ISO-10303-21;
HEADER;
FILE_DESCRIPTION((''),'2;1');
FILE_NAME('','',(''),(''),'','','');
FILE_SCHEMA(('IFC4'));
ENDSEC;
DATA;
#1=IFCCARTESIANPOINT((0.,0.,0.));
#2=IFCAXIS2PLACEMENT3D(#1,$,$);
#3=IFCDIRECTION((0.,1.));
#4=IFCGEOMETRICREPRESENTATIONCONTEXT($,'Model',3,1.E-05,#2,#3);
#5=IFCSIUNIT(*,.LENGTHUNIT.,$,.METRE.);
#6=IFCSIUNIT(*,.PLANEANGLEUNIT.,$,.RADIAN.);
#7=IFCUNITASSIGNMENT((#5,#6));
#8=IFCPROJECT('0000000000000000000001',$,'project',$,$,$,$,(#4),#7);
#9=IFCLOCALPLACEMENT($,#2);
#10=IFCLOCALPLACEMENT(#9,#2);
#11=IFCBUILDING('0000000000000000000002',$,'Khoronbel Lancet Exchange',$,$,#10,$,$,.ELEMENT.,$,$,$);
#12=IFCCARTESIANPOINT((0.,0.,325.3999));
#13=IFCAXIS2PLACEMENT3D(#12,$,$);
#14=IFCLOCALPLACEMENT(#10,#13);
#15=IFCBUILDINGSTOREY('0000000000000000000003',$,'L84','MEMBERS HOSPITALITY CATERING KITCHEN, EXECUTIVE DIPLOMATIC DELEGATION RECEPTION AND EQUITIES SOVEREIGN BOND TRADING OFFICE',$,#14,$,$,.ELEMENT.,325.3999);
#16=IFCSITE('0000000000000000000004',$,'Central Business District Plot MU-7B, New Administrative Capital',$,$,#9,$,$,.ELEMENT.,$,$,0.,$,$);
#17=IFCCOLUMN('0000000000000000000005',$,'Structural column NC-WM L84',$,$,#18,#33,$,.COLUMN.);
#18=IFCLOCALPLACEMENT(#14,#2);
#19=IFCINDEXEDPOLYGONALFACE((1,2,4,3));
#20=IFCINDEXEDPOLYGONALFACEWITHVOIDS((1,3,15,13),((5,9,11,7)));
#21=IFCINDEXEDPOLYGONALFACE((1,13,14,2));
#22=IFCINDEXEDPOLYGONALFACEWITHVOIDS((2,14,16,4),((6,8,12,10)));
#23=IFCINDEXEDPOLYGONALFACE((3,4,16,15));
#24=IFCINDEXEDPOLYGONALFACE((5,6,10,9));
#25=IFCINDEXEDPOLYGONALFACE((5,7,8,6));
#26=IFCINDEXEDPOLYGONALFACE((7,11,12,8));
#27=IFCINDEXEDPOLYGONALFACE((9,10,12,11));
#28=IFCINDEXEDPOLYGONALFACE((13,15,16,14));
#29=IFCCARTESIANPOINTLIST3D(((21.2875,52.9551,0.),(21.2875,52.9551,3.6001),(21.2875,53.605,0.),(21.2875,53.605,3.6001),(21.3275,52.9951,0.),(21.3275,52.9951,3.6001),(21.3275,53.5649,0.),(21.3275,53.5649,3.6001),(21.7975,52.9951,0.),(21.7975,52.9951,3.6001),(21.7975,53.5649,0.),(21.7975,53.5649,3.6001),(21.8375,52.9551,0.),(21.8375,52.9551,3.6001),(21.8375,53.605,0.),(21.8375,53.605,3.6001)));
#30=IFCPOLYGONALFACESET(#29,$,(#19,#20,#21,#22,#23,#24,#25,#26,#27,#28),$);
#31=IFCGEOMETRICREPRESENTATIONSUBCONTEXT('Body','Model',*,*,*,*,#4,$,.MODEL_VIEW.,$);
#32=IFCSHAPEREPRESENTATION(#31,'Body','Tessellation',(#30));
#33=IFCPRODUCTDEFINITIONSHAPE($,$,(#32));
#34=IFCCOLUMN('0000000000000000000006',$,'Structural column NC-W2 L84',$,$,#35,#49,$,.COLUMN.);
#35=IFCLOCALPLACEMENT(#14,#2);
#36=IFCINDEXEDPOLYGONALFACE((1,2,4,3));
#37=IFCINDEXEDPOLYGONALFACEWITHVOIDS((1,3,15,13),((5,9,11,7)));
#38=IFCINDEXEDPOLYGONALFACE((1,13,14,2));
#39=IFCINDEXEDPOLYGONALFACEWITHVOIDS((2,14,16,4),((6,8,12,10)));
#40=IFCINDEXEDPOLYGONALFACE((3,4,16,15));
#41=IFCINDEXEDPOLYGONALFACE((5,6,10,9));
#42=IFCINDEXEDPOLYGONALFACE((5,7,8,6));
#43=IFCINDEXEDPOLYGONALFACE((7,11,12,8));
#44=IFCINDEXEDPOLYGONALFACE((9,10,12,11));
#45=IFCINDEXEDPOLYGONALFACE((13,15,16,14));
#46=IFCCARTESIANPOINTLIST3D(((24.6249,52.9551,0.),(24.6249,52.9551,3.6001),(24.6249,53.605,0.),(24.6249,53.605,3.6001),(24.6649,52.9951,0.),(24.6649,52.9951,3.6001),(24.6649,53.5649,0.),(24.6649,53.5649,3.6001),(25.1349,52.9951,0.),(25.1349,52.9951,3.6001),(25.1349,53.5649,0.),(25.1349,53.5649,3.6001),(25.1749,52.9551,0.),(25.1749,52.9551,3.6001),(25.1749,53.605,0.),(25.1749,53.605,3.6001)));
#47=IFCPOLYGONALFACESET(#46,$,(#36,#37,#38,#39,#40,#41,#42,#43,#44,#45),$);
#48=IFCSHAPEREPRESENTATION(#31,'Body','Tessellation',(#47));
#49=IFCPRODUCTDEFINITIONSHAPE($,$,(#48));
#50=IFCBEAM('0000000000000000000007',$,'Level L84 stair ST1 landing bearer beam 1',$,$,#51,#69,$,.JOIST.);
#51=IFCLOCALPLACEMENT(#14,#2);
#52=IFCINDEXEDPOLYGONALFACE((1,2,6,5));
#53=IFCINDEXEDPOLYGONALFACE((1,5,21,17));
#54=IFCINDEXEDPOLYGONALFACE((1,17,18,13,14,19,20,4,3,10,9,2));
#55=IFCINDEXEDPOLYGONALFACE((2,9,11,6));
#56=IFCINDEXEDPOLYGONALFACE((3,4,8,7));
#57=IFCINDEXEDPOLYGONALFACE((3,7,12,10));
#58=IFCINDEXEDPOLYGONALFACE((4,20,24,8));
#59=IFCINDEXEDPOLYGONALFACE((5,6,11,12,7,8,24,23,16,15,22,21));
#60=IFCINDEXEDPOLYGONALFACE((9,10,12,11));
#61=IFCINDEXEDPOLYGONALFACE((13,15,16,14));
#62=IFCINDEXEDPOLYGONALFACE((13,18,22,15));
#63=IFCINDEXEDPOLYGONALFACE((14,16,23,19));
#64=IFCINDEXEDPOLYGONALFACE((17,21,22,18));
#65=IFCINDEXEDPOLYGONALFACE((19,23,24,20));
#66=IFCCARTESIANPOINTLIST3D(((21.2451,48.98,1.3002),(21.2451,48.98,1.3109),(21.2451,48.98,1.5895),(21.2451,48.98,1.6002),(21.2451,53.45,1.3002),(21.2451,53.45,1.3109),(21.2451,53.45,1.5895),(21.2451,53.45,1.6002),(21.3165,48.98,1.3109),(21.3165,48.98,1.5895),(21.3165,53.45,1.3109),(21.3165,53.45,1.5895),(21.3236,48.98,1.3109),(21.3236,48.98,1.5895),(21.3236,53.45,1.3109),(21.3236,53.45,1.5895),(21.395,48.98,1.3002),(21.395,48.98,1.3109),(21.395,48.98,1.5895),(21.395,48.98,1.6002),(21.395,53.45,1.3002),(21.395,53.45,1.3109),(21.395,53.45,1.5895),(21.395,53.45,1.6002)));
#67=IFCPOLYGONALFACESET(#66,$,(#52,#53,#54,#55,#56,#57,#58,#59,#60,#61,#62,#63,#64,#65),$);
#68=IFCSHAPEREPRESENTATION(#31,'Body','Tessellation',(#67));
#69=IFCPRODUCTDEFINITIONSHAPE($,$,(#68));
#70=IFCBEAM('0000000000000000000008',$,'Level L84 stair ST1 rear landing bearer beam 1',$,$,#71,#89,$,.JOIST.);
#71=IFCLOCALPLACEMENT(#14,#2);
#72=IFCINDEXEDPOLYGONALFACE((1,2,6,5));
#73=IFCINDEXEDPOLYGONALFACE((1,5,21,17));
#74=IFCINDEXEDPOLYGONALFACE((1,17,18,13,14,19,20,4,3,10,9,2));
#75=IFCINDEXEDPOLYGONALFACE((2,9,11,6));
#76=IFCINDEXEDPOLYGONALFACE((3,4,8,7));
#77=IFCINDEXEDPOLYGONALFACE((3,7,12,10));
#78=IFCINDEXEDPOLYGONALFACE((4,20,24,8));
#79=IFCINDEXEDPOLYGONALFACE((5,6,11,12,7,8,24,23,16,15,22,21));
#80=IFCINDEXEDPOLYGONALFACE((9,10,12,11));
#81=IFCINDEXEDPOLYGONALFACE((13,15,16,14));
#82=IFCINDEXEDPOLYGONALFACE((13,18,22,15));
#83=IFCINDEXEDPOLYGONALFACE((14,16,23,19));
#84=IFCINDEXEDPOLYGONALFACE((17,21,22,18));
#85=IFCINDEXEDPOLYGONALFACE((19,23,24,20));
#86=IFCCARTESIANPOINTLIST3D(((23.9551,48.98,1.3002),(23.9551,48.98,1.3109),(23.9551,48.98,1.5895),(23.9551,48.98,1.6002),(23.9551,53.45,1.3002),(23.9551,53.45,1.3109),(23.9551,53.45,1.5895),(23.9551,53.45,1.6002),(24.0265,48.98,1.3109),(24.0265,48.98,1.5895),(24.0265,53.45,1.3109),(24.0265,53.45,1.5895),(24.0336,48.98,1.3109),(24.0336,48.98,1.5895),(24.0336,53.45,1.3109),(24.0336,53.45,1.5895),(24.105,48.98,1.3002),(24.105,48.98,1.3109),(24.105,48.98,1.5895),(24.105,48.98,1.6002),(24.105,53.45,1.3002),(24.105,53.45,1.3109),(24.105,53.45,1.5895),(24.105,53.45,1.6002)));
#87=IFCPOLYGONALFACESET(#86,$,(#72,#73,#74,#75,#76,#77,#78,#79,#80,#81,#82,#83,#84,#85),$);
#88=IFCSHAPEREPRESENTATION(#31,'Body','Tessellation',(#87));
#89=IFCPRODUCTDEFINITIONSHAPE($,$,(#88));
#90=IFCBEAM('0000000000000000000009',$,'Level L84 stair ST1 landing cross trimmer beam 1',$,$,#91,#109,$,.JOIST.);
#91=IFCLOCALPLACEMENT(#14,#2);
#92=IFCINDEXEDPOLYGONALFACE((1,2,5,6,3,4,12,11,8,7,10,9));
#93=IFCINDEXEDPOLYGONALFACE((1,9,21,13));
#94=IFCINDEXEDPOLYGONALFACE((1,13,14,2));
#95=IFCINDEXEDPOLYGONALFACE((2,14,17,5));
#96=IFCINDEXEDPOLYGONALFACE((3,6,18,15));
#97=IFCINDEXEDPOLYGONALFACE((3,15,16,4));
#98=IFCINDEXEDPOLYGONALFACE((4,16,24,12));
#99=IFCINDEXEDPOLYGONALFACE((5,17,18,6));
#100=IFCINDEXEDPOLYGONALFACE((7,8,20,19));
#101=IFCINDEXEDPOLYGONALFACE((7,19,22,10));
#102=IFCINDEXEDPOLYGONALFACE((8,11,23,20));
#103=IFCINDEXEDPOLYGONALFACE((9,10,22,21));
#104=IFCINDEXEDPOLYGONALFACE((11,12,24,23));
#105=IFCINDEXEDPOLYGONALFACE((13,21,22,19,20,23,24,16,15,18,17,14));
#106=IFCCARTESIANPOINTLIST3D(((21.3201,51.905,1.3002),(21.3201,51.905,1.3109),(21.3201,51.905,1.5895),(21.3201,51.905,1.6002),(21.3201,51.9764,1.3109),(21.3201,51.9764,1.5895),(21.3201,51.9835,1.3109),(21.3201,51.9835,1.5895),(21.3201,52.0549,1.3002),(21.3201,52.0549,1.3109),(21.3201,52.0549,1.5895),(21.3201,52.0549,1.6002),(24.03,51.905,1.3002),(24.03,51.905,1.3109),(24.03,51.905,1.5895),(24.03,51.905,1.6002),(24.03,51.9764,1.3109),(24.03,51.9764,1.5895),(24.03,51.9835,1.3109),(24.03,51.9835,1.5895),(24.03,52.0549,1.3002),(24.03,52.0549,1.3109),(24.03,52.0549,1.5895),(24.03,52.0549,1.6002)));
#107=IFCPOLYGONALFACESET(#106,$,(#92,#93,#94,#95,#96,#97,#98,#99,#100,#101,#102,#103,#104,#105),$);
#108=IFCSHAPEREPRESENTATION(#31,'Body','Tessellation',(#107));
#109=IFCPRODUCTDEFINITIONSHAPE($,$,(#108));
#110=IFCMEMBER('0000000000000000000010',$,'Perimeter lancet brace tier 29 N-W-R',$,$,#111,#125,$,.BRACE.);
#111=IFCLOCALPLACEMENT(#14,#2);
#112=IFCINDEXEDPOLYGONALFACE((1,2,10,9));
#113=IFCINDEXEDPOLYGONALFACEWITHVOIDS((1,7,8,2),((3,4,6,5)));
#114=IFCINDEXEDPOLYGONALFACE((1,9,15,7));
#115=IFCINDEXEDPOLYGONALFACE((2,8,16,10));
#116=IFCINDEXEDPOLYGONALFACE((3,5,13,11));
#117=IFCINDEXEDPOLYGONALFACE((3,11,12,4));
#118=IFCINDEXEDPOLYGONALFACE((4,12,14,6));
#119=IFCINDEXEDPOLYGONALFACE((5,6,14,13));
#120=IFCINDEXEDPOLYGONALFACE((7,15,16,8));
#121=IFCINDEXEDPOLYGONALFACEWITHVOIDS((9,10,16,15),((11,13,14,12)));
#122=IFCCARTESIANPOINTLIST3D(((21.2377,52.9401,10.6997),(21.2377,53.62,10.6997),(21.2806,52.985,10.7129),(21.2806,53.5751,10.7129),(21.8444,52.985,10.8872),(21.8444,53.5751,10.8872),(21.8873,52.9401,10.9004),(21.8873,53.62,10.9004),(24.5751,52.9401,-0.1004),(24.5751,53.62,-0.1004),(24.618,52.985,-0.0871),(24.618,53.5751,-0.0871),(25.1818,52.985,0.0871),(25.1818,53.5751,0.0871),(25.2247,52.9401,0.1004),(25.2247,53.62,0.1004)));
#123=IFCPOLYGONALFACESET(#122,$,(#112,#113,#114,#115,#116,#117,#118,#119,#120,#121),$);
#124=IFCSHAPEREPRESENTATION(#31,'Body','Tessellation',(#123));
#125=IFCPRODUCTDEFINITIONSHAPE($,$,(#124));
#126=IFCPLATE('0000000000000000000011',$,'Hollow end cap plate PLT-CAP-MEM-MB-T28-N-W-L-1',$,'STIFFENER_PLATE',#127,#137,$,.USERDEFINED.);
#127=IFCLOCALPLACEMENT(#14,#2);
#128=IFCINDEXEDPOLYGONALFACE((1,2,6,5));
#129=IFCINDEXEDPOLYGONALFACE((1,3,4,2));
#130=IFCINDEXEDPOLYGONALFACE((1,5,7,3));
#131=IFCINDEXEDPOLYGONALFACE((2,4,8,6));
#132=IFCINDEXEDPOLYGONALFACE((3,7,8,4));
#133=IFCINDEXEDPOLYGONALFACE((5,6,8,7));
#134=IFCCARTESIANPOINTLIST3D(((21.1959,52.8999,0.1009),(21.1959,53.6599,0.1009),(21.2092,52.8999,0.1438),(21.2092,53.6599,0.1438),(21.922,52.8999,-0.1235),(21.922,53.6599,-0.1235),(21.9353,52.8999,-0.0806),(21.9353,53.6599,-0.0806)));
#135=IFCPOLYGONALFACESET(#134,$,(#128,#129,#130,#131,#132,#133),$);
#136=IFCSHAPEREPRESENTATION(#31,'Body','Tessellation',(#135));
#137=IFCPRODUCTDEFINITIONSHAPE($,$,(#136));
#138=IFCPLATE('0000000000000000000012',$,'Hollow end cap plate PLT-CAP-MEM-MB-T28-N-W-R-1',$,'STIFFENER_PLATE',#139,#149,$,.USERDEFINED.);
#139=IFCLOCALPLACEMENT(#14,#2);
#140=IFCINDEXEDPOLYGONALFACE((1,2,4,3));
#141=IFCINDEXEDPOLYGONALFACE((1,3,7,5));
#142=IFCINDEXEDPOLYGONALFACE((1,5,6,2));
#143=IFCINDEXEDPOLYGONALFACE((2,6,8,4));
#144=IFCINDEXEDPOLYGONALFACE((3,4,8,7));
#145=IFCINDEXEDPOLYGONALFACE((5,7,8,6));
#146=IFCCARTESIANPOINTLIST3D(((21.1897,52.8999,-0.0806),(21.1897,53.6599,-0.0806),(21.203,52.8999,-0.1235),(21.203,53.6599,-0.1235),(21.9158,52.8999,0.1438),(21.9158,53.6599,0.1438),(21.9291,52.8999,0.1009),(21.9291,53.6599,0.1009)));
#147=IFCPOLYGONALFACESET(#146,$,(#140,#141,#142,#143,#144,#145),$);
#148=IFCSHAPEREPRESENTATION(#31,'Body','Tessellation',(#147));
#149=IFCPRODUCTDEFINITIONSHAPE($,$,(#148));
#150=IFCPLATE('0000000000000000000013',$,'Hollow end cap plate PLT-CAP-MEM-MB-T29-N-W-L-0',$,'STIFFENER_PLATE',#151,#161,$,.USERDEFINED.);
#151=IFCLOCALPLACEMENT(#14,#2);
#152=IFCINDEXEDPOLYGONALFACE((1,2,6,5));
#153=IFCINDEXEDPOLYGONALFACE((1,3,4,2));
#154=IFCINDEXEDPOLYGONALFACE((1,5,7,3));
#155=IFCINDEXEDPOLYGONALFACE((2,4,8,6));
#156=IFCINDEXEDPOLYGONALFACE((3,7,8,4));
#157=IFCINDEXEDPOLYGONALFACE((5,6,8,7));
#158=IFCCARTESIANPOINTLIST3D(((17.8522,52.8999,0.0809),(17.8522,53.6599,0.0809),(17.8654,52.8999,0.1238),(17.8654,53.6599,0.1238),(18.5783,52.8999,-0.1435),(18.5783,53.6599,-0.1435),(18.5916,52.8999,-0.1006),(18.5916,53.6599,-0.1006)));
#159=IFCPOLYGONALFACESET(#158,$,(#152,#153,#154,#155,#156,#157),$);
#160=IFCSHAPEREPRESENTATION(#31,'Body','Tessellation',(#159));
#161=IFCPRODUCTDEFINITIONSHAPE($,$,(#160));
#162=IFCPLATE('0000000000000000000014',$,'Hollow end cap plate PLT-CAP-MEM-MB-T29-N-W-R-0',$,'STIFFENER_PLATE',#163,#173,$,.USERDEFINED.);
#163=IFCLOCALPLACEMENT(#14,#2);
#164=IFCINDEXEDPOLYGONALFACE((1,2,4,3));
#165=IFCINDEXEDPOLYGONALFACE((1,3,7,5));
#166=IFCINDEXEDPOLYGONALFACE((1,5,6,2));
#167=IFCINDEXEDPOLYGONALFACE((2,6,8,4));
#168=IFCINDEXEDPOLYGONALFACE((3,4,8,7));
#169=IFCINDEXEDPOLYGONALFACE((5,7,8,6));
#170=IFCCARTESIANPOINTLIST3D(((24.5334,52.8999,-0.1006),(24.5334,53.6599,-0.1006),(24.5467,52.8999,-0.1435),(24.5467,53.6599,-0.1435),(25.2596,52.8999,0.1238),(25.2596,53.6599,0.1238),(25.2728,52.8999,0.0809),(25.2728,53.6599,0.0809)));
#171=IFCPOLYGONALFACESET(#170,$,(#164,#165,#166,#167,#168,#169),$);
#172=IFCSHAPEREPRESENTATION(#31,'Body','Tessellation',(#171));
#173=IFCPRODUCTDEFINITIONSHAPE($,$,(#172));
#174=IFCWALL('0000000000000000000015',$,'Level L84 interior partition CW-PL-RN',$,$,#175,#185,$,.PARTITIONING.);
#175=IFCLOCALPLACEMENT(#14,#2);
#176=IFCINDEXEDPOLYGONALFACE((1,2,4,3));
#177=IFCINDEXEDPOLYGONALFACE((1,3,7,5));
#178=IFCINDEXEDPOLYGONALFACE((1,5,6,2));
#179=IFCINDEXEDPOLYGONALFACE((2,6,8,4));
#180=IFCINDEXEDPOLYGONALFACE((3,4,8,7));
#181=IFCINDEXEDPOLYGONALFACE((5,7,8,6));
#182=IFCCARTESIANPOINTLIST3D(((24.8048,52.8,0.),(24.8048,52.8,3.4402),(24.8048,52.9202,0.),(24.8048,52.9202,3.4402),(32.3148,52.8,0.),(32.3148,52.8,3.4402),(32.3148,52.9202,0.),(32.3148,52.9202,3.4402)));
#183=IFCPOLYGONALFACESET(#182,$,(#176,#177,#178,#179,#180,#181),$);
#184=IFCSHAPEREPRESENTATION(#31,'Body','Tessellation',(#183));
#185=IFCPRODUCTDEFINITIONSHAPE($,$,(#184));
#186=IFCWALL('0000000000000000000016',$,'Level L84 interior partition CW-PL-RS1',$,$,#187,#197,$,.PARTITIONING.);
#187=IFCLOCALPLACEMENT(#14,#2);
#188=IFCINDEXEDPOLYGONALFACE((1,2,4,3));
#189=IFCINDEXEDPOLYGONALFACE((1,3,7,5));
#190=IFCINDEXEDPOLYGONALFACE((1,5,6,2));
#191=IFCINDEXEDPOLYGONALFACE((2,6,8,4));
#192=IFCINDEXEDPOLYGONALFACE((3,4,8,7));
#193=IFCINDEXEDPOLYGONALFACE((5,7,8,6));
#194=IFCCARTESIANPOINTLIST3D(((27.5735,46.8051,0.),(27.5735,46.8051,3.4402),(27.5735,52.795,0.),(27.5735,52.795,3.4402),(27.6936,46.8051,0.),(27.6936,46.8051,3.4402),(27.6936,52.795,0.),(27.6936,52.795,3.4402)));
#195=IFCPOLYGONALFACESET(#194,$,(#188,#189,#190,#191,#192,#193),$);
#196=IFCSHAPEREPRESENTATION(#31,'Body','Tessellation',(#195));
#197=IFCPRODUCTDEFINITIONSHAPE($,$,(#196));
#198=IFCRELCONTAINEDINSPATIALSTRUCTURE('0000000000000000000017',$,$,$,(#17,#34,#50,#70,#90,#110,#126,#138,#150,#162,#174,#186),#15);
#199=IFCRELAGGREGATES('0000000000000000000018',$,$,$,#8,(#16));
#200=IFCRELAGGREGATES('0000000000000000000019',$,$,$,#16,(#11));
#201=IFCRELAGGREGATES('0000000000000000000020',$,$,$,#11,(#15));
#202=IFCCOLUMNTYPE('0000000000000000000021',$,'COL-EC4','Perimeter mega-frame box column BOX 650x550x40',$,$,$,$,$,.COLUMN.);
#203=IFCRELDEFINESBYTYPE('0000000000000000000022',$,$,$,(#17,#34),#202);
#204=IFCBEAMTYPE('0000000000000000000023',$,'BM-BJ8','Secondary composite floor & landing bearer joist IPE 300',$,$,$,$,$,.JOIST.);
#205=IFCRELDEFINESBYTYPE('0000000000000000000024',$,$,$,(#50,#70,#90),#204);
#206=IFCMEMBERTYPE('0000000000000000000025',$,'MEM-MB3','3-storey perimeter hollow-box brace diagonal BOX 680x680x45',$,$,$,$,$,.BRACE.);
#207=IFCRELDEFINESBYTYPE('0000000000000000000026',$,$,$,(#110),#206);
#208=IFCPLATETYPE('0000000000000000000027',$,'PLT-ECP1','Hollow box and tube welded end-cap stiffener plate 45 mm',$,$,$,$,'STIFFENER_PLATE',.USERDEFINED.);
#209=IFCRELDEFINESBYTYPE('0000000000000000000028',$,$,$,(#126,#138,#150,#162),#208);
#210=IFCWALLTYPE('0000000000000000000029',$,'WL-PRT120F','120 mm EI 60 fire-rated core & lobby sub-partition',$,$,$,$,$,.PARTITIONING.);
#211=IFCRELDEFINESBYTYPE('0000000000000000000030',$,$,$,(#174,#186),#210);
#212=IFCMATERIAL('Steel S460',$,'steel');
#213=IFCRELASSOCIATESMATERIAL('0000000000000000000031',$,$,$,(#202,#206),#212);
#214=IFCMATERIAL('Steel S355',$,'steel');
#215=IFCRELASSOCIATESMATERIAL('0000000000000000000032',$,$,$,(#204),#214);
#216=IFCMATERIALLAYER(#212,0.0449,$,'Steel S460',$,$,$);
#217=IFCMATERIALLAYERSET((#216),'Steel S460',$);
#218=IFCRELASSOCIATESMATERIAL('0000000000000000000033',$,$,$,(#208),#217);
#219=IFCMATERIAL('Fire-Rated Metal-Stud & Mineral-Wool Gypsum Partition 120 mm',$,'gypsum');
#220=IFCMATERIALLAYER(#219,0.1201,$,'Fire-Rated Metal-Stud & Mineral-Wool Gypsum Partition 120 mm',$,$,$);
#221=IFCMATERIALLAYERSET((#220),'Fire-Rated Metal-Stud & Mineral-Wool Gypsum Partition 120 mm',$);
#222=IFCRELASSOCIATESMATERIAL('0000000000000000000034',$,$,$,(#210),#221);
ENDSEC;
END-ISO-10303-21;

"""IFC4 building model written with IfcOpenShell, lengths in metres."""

from ifc_helpers import new_model, si_unit, direction, frame, frame_2d, origin, origin_2d, place, context, subcontext, project, spatial, polyline, rectangle, hollow_rectangle, i_section, outline, extrude, material, layer, layer_set, material_profile, profile_set, type_object, element, save


model = new_model("IFC4")

# Units and contexts
model_context = context("Model", 3, precision=1e-05, world=origin(), true_north=direction((0.0, 1.0)))
body_context = subcontext(model_context, "Body", "Model", "MODEL_VIEW")
ifc_project = project(units=[si_unit("LENGTHUNIT", "METRE"), si_unit("PLANEANGLEUNIT", "RADIAN")], contexts=[model_context])

# Site, building, storey
site_placement = place(None, origin())
site = spatial("IfcSite", under=ifc_project, at=site_placement, Name="Central Business District Plot MU-7B, New Administrative Capital", CompositionType="ELEMENT", RefElevation=0.0)
building_placement = place(site_placement, origin())
building = spatial("IfcBuilding", under=site, at=building_placement, Name="Khoronbel Lancet Exchange", CompositionType="ELEMENT")
storey_placement = place(building_placement, frame((0.0, 0.0, 325.3999)))
storey = spatial("IfcBuildingStorey", under=building, at=storey_placement, Name="L84", Description="MEMBERS HOSPITALITY CATERING KITCHEN, EXECUTIVE DIPLOMATIC DELEGATION RECEPTION AND EQUITIES SOVEREIGN BOND TRADING OFFICE", CompositionType="ELEMENT", Elevation=325.3999)

# Columns
ifc_material_1 = material(Name="Steel S460", Category="steel")
ifc_material_profile_1 = material_profile(ifc_material_1, hollow_rectangle(XDim=0.55, YDim=0.6499, WallThickness=0.04, at=origin_2d()), Name="BOX 650x550x40")
ifc_profile_set_1 = profile_set([ifc_material_profile_1], Name="Steel S460")
column_type = type_object("IfcColumnType", Name="COL-EC4", Description="Perimeter mega-frame box column BOX 650x550x40", PredefinedType="COLUMN", material=ifc_profile_set_1)
for number, where, z_axis, x_axis, name in (
    (1, (21.5625, 53.28, 0.0), (0.0, 0.0, 1.0), (1.0, 0.0, 0.0), "Structural column NC-WM L84"),
    (2, (24.8999, 53.28, 0.0), (0.0, 0.0, 1.0), (1.0, 0.0, 0.0), "Structural column NC-W2 L84"),
):
    element("IfcColumn", number, at=place(storey_placement, frame(where, z_axis=z_axis, x_axis=x_axis)), inside=storey, type_object=column_type, Name=name, PredefinedType="COLUMN", context=body_context, shape_type="SweptSolid", body=[
        extrude(hollow_rectangle(XDim=0.55, YDim=0.6499, WallThickness=0.04, at=origin_2d()), origin(), (0.0, 0.0, 1.0), 3.6001),
    ])

# Beams
ifc_material_2 = material(Name="Steel S355", Category="steel")
ifc_material_profile_2 = material_profile(ifc_material_2, i_section(OverallWidth=0.1499, OverallDepth=0.3, WebThickness=0.0071, FlangeThickness=0.0107, at=origin_2d()), Name="IPE 300")
ifc_profile_set_2 = profile_set([ifc_material_profile_2], Name="Steel S355")
beam_type = type_object("IfcBeamType", Name="BM-BJ8", Description="Secondary composite floor & landing bearer joist IPE 300", PredefinedType="JOIST", material=ifc_profile_set_2)
for number, where, z_axis, x_axis, name in (
    (3, (21.3201, 48.98, 1.4502), (0.0, 1.0, 0.0), (-1.0, 0.0, 0.0), "Level L84 stair ST1 landing bearer beam 1"),
    (4, (24.03, 48.98, 1.4502), (0.0, 1.0, 0.0), (-1.0, 0.0, 0.0), "Level L84 stair ST1 rear landing bearer beam 1"),
):
    element("IfcBeam", number, at=place(storey_placement, frame(where, z_axis=z_axis, x_axis=x_axis)), inside=storey, type_object=beam_type, Name=name, PredefinedType="JOIST", context=body_context, shape_type="SweptSolid", body=[
        extrude(i_section(OverallWidth=0.1499, OverallDepth=0.3, WebThickness=0.0071, FlangeThickness=0.0107, at=origin_2d()), origin(), (0.0, 0.0, 1.0), 4.47),
    ])
beam_placement = place(storey_placement, frame((21.3201, 51.98, 1.4502), z_axis=(1.0, 0.0, 0.0), x_axis=(0.0, 1.0, 0.0)))
element("IfcBeam", 5, at=beam_placement, inside=storey, type_object=beam_type, Name="Level L84 stair ST1 landing cross trimmer beam 1", PredefinedType="JOIST", context=body_context, shape_type="SweptSolid", body=[
    extrude(i_section(OverallWidth=0.1499, OverallDepth=0.3, WebThickness=0.0071, FlangeThickness=0.0107, at=origin_2d()), origin(), (0.0, 0.0, 1.0), 2.71),
])

# Member
ifc_material_profile_3 = material_profile(ifc_material_1, hollow_rectangle(XDim=0.6799, YDim=0.6799, WallThickness=0.0449, at=origin_2d()), Name="BOX 680x680x45")
ifc_profile_set_3 = profile_set([ifc_material_profile_3], Name="Steel S460")
member_type = type_object("IfcMemberType", Name="MEM-MB3", Description="3-storey perimeter hollow-box brace diagonal BOX 680x680x45", PredefinedType="BRACE", material=ifc_profile_set_3)
member_placement = place(storey_placement, frame((24.8999, 53.28, 0.0), z_axis=(-0.295242, 0.0, 0.955422), x_axis=(0.0, -1.0, 0.0)))
element("IfcMember", 6, at=member_placement, inside=storey, type_object=member_type, Name="Perimeter lancet brace tier 29 N-W-R", PredefinedType="BRACE", context=body_context, shape_type="SweptSolid", body=[
    extrude(hollow_rectangle(XDim=0.6799, YDim=0.6799, WallThickness=0.0449, at=origin_2d()), origin(), (0.0, 0.0, 1.0), 11.304),
])

# Plates
ifc_layer_1 = layer(ifc_material_1, 0.0449, Name="Steel S460")
ifc_layer_set_1 = layer_set([ifc_layer_1], Name="Steel S460")
plate_type = type_object("IfcPlateType", Name="PLT-ECP1", Description="Hollow box and tube welded end-cap stiffener plate 45 mm", ElementType="STIFFENER_PLATE", PredefinedType="USERDEFINED", material=ifc_layer_set_1)
for number, where, z_axis, x_axis, name in (
    (7, (21.9353, 52.8999, -0.0806), (0.295237, 0.0, 0.955424), (0.0, 1.0, 0.0), "Hollow end cap plate PLT-CAP-MEM-MB-T28-N-W-L-1"),
    (8, (21.1897, 53.6599, -0.0806), (-0.295237, 0.0, 0.955424), (0.0, -1.0, 0.0), "Hollow end cap plate PLT-CAP-MEM-MB-T28-N-W-R-1"),
    (9, (18.5916, 52.8999, -0.1006), (0.295237, 0.0, 0.955424), (0.0, 1.0, 0.0), "Hollow end cap plate PLT-CAP-MEM-MB-T29-N-W-L-0"),
    (10, (24.5334, 53.6599, -0.1006), (-0.295237, 0.0, 0.955424), (0.0, -1.0, 0.0), "Hollow end cap plate PLT-CAP-MEM-MB-T29-N-W-R-0"),
):
    element("IfcPlate", number, at=place(storey_placement, frame(where, z_axis=z_axis, x_axis=x_axis)), inside=storey, type_object=plate_type, Name=name, ObjectType="STIFFENER_PLATE", PredefinedType="USERDEFINED", context=body_context, shape_type="SweptSolid", body=[
        extrude(outline(polyline([(0.0, 0.0), (0.76, 0.0), (0.76, 0.76), (0.0, 0.76), (0.0, 0.0)])), origin(), (0.0, 0.0, -1.0), 0.0449),
    ])

# Walls
ifc_material_3 = material(Name="Fire-Rated Metal-Stud & Mineral-Wool Gypsum Partition 120 mm", Category="gypsum")
ifc_layer_2 = layer(ifc_material_3, 0.1201, Name="Fire-Rated Metal-Stud & Mineral-Wool Gypsum Partition 120 mm")
ifc_layer_set_2 = layer_set([ifc_layer_2], Name="Fire-Rated Metal-Stud & Mineral-Wool Gypsum Partition 120 mm")
wall_type_1 = type_object("IfcWallType", Name="WL-PRT120F", Description="120 mm EI 60 fire-rated core & lobby sub-partition", PredefinedType="PARTITIONING", material=ifc_layer_set_2)
wall_1_placement = place(storey_placement, frame((24.8049, 52.8601, 0.0), z_axis=(0.0, 0.0, 1.0), x_axis=(1.0, 0.0, 0.0)))
element("IfcWall", 11, at=wall_1_placement, inside=storey, type_object=wall_type_1, Name="Level L84 interior partition CW-PL-RN", PredefinedType="PARTITIONING", context=body_context, shape_type="SweptSolid", body=[
    extrude(rectangle(XDim=7.51, YDim=0.1201, at=frame_2d((3.7549, 0.0))), origin(), (0.0, 0.0, 1.0), 3.4402),
])
wall_2_placement = place(storey_placement, frame((27.6335, 46.8049, 0.0), z_axis=(0.0, 0.0, 1.0), x_axis=(0.0, 1.0, 0.0)))
element("IfcWall", 12, at=wall_2_placement, inside=storey, type_object=wall_type_1, Name="Level L84 interior partition CW-PL-RS1", PredefinedType="PARTITIONING", context=body_context, shape_type="SweptSolid", body=[
    extrude(rectangle(XDim=5.99, YDim=0.1201, at=frame_2d((2.9951, 0.0))), origin(), (0.0, 0.0, 1.0), 3.4402),
])

save(model, "model.ifc")
